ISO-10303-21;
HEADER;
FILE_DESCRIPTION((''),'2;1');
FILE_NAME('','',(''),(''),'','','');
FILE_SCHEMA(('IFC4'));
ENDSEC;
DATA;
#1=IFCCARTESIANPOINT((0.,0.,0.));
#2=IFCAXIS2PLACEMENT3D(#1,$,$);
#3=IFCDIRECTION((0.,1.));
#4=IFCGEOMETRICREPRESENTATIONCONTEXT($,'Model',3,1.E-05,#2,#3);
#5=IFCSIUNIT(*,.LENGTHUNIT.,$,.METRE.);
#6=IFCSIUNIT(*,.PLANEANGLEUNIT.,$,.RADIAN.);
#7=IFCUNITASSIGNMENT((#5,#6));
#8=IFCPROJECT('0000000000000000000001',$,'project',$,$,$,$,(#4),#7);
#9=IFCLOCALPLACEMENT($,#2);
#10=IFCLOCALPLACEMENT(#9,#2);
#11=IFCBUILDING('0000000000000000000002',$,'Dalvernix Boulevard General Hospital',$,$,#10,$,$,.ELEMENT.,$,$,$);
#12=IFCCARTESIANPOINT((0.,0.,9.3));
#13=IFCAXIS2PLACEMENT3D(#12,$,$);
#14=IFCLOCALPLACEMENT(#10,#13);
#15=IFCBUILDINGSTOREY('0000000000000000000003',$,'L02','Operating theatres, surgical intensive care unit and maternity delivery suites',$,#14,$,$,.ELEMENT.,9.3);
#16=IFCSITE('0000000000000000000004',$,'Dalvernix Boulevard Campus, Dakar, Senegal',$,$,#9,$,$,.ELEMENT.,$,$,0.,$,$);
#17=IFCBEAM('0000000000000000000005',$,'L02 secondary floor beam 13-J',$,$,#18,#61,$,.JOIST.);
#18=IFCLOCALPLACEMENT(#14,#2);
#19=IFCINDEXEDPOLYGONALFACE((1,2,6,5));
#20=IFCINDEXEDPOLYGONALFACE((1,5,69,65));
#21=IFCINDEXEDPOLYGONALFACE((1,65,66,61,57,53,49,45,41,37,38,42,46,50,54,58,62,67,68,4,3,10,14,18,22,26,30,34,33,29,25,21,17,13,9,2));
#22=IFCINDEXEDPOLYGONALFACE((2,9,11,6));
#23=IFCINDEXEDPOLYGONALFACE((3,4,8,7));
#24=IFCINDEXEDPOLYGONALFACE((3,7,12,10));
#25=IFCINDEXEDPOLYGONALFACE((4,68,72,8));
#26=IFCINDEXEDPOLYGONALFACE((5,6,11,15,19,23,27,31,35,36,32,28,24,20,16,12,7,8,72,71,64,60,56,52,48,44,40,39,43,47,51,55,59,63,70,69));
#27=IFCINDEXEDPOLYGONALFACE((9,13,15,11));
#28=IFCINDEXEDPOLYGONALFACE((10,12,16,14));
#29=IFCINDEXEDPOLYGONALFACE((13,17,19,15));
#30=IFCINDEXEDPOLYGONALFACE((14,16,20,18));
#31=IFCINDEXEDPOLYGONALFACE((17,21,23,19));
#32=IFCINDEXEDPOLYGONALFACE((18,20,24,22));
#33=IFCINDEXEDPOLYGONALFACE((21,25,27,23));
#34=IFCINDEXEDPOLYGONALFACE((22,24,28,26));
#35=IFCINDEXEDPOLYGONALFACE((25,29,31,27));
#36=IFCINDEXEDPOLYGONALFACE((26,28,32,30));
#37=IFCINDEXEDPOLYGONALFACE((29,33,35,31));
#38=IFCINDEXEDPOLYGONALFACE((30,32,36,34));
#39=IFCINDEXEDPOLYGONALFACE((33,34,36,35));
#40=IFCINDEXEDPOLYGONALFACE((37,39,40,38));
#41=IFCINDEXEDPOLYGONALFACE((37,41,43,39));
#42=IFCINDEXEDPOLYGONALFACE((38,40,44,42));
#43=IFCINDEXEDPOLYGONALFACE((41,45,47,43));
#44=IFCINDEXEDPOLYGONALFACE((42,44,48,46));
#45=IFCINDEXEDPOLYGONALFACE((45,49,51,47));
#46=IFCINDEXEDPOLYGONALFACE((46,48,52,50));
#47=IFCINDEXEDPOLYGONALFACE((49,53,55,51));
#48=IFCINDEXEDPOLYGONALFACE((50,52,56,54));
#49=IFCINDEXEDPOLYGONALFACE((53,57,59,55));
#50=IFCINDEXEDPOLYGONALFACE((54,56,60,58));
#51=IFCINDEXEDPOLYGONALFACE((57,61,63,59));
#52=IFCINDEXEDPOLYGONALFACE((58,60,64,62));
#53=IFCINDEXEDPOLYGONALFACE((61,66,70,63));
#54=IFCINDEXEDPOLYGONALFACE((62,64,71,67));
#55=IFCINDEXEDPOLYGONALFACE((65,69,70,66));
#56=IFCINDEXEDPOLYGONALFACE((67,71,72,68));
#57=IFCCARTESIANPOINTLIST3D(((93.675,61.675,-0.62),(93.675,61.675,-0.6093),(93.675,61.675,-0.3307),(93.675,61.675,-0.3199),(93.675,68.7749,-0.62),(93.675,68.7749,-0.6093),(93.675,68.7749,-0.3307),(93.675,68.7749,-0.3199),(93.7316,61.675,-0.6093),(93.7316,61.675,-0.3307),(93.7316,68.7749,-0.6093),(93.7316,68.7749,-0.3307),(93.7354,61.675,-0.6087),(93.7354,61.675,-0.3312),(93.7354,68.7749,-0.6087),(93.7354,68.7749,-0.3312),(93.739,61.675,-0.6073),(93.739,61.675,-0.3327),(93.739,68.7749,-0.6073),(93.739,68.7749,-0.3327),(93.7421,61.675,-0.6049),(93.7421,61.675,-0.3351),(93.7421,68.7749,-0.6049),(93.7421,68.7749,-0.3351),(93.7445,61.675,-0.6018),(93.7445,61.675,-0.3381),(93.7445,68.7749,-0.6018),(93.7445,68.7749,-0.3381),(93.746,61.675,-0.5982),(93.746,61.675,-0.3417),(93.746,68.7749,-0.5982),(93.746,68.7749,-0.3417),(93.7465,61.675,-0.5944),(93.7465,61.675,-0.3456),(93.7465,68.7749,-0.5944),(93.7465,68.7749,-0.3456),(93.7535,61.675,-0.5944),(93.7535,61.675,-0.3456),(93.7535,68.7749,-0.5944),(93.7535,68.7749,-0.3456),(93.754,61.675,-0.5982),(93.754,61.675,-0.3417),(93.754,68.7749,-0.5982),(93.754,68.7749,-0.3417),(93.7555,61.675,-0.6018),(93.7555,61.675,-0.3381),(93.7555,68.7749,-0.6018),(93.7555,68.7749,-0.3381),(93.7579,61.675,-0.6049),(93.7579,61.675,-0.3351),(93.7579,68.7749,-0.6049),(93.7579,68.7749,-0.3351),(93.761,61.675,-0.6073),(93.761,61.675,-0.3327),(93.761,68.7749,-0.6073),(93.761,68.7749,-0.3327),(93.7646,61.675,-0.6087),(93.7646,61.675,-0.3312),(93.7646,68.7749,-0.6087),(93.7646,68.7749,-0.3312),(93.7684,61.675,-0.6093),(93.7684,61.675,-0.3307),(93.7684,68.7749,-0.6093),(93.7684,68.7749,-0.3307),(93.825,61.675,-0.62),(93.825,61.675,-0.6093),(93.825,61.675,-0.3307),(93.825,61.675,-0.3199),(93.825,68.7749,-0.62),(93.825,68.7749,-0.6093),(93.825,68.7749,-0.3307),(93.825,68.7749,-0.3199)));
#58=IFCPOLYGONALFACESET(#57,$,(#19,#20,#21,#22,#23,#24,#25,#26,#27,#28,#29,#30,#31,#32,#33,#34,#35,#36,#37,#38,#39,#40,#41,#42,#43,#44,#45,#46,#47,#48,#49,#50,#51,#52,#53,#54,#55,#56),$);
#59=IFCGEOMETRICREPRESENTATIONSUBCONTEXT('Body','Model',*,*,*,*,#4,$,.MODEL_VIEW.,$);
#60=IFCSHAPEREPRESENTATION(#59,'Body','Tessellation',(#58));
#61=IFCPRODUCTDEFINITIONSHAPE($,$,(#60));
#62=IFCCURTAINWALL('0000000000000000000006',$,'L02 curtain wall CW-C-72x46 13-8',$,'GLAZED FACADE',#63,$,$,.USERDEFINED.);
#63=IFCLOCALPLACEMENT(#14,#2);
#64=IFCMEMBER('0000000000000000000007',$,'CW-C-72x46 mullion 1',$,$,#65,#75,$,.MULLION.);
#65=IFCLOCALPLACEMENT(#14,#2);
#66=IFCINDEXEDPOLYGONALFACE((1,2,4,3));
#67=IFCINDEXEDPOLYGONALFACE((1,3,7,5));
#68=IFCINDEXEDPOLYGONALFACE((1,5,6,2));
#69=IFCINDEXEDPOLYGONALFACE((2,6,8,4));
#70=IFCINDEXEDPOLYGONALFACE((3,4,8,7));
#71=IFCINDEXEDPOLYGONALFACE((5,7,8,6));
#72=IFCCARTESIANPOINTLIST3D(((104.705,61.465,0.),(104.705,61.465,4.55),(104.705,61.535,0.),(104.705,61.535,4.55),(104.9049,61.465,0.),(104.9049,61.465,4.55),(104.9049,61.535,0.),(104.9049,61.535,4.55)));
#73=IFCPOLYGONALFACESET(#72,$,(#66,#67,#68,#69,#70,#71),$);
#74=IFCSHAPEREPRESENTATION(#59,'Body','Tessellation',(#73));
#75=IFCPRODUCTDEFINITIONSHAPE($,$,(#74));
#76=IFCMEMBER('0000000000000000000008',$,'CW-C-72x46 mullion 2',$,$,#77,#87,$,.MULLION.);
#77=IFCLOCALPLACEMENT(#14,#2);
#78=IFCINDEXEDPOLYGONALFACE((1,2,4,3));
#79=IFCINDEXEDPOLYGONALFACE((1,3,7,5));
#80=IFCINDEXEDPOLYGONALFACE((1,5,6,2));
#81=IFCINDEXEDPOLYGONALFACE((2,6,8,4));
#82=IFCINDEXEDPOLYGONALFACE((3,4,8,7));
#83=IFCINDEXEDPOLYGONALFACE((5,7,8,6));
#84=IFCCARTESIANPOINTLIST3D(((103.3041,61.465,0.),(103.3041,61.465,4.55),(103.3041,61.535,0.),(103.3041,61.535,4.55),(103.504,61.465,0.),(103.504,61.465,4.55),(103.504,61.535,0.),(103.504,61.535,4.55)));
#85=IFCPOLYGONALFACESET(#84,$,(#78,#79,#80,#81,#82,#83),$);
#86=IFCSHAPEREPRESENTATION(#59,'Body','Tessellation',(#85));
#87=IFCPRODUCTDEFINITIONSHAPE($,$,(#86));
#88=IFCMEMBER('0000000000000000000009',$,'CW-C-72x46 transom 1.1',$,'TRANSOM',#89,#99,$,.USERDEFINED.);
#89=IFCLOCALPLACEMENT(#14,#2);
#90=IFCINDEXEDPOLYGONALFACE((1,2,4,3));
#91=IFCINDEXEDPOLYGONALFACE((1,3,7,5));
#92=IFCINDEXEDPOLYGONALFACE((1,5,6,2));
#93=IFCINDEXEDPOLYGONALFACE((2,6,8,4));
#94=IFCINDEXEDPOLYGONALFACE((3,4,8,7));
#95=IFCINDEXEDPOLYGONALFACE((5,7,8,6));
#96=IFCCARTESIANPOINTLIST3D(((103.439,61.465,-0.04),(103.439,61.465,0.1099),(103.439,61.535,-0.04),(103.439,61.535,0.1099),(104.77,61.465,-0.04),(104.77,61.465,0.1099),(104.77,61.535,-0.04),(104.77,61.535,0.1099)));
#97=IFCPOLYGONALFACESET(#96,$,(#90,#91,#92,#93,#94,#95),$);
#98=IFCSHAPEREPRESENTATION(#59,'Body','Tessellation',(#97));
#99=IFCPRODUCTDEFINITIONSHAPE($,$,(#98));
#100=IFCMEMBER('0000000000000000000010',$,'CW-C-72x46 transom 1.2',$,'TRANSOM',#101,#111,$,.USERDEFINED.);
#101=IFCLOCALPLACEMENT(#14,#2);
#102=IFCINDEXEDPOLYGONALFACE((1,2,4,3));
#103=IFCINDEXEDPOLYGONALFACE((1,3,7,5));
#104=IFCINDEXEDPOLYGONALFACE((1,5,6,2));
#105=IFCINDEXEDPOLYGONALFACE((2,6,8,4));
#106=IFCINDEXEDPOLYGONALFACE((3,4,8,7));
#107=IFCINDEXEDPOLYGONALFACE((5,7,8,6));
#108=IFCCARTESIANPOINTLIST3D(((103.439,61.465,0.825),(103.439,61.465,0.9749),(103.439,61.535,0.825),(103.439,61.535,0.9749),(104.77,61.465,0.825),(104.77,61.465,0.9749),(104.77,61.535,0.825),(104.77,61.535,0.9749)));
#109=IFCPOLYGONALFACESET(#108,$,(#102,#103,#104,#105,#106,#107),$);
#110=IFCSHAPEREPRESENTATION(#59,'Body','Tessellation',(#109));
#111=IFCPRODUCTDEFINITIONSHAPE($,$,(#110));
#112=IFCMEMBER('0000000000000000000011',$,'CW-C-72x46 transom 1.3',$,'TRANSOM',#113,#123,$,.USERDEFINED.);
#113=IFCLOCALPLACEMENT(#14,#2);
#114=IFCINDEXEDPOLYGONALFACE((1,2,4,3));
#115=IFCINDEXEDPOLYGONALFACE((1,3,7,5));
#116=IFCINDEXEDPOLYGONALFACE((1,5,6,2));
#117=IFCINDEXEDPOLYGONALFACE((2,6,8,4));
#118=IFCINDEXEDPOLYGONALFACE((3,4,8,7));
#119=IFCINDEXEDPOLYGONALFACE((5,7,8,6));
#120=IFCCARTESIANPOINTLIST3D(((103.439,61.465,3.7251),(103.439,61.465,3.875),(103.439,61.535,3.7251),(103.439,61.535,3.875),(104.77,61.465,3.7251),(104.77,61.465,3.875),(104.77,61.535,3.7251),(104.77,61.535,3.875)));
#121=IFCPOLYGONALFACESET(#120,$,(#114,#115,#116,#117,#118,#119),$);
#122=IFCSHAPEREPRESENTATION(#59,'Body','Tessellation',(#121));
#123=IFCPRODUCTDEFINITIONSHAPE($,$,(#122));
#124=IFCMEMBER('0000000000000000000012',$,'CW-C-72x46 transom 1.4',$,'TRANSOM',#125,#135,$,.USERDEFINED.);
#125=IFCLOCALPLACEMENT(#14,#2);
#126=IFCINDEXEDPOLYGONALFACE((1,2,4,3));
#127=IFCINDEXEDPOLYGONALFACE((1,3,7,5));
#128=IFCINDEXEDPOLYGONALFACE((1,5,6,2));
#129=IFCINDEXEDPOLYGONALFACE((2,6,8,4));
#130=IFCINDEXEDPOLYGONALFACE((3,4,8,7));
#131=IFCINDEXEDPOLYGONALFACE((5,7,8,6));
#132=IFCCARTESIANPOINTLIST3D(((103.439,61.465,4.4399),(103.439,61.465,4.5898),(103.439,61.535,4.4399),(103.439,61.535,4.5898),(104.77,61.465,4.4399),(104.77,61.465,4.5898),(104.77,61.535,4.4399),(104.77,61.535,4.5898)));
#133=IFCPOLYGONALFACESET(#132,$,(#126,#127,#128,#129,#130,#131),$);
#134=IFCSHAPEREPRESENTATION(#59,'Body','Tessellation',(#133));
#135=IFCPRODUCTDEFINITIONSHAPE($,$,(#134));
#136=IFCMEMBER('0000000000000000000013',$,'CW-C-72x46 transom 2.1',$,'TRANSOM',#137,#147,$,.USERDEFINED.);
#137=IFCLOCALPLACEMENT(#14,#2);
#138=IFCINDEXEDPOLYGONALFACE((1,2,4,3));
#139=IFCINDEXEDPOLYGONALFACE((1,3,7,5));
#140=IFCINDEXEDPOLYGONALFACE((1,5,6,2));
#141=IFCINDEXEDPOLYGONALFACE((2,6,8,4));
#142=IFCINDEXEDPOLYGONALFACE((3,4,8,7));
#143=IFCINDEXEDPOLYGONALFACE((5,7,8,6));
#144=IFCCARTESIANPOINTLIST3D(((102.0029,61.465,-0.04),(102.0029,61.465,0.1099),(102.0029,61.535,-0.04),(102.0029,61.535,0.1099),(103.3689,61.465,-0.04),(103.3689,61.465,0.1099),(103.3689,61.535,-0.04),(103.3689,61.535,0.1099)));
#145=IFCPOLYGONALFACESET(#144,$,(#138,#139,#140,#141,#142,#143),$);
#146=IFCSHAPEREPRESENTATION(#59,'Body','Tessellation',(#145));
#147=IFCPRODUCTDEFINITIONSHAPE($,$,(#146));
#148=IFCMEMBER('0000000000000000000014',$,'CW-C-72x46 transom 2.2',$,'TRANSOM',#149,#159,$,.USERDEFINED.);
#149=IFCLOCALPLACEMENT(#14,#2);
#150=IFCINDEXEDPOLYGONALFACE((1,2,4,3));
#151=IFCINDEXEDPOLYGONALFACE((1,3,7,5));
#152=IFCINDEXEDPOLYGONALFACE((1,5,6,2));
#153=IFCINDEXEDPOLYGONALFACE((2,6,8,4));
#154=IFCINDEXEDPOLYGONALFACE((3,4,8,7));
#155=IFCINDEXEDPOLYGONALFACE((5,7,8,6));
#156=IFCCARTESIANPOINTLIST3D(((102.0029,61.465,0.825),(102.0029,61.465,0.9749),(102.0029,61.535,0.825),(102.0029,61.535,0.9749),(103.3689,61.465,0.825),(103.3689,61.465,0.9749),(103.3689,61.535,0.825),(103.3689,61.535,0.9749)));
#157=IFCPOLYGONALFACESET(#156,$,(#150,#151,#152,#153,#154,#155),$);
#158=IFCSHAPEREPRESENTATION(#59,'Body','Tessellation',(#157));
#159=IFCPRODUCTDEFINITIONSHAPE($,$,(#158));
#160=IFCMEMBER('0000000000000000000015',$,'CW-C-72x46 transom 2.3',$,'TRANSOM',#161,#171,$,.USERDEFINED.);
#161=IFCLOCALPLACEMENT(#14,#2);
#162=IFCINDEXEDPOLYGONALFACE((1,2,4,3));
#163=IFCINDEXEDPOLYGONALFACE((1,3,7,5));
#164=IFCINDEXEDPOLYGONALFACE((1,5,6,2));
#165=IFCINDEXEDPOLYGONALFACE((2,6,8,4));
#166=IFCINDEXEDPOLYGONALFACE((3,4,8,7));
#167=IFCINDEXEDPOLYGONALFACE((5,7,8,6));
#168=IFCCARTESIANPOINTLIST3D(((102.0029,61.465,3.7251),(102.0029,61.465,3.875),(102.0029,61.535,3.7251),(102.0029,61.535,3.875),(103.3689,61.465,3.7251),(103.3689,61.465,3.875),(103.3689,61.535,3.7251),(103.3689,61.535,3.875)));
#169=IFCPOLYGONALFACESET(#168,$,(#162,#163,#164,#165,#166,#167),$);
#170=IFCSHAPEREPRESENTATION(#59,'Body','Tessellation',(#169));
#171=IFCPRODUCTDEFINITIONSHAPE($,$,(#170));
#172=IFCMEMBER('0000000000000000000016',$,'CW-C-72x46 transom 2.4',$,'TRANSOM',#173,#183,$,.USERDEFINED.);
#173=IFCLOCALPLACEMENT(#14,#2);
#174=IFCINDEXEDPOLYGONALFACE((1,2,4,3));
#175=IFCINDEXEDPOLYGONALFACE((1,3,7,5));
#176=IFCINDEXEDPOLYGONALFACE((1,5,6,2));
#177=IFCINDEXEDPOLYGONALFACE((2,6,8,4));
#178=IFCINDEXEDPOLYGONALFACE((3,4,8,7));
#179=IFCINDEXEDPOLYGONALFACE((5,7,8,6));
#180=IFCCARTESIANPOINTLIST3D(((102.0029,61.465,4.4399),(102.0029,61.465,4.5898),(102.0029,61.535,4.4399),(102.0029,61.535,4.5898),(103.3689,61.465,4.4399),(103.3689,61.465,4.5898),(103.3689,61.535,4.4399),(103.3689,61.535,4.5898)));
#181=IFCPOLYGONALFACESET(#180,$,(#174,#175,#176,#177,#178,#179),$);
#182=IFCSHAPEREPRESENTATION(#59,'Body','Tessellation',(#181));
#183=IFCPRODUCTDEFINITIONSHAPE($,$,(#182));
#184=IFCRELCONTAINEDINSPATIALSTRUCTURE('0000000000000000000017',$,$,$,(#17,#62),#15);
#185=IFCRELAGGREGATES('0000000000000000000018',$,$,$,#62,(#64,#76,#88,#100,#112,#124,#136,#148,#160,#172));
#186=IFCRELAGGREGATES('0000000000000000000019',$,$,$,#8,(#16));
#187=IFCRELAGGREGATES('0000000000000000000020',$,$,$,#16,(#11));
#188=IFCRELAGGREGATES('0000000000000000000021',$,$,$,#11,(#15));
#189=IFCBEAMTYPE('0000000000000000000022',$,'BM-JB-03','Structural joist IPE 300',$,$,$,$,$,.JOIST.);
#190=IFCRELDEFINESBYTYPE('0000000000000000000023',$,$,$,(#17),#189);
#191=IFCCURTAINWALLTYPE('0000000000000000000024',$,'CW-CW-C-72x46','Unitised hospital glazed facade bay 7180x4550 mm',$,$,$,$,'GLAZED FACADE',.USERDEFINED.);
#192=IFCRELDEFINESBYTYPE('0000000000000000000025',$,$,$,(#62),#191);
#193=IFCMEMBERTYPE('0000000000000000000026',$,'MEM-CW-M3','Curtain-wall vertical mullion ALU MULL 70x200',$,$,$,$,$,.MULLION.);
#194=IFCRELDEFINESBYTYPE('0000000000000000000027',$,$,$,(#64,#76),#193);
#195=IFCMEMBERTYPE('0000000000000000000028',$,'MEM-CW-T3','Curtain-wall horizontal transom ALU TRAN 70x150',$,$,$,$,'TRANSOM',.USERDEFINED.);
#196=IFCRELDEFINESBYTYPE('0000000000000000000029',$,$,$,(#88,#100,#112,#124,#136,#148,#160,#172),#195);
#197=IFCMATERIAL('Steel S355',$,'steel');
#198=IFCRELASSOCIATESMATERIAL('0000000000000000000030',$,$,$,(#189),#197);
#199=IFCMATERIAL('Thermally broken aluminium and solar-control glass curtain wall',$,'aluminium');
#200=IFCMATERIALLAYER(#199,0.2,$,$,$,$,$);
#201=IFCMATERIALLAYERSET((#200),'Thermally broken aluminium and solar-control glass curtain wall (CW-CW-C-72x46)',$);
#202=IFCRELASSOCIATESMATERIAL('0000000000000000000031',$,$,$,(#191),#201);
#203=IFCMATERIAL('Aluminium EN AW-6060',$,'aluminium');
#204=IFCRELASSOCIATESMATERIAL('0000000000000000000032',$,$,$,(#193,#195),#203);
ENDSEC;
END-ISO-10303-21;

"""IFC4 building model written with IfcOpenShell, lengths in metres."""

from ifc_helpers import new_model, si_unit, direction, frame, origin, origin_2d, place, context, subcontext, project, spatial, rectangle, i_section, extrude, material, layer, layer_set, material_profile, profile_set, type_object, element, aggregate, save


model = new_model("IFC4")

# Units and contexts
model_context = context("Model", 3, precision=1e-05, world=origin(), true_north=direction((0.0, 1.0)))
body_context = subcontext(model_context, "Body", "Model", "MODEL_VIEW")
ifc_project = project(units=[si_unit("LENGTHUNIT", "METRE"), si_unit("PLANEANGLEUNIT", "RADIAN")], contexts=[model_context])

# Site, building, storey
site_placement = place(None, origin())
site = spatial("IfcSite", under=ifc_project, at=site_placement, Name="Dalvernix Boulevard Campus, Dakar, Senegal", CompositionType="ELEMENT", RefElevation=0.0)
building_placement = place(site_placement, origin())
building = spatial("IfcBuilding", under=site, at=building_placement, Name="Dalvernix Boulevard General Hospital", CompositionType="ELEMENT")
storey_placement = place(building_placement, frame((0.0, 0.0, 9.3)))
storey = spatial("IfcBuildingStorey", under=building, at=storey_placement, Name="L02", Description="Operating theatres, surgical intensive care unit and maternity delivery suites", CompositionType="ELEMENT", Elevation=9.3)

# Shared definitions
ifc_material_1 = material(Name="Steel S355", Category="steel")

# Beam
ifc_material_profile_1 = material_profile(ifc_material_1, i_section(OverallWidth=0.1499, OverallDepth=0.3, WebThickness=0.0071, FlangeThickness=0.0107, FilletRadius=0.0149, at=origin_2d()), Name="IPE 300")
ifc_profile_set_1 = profile_set([ifc_material_profile_1], Name="Steel S355")
beam_type_1 = type_object("IfcBeamType", Name="BM-JB-03", Description="Structural joist IPE 300", PredefinedType="JOIST", material=ifc_profile_set_1)
beam_placement = place(storey_placement, frame((93.75, 61.675, -0.47), z_axis=(0.0, 1.0, 0.0), x_axis=(-1.0, 0.0, 0.0)))
element("IfcBeam", 1, at=beam_placement, inside=storey, type_object=beam_type_1, Name="L02 secondary floor beam 13-J", PredefinedType="JOIST", context=body_context, shape_type="SweptSolid", body=[
    extrude(i_section(OverallWidth=0.1499, OverallDepth=0.3, WebThickness=0.0071, FlangeThickness=0.0107, FilletRadius=0.0149, at=origin_2d()), origin(), (0.0, 0.0, 1.0), 7.0999),
])

# Curtain wall, members
ifc_material_2 = material(Name="Thermally broken aluminium and solar-control glass curtain wall", Category="aluminium")
ifc_layer_1 = layer(ifc_material_2, 0.2)
ifc_layer_set_1 = layer_set([ifc_layer_1], Name="Thermally broken aluminium and solar-control glass curtain wall (CW-CW-C-72x46)")
curtain_wall_type = type_object("IfcCurtainWallType", Name="CW-CW-C-72x46", Description="Unitised hospital glazed facade bay 7180x4550 mm", ElementType="GLAZED FACADE", PredefinedType="USERDEFINED", material=ifc_layer_set_1)
curtain_wall_placement = place(storey_placement, origin())
curtain_wall = element("IfcCurtainWall", 2, at=curtain_wall_placement, inside=storey, type_object=curtain_wall_type, Name="L02 curtain wall CW-C-72x46 13-8", ObjectType="GLAZED FACADE", PredefinedType="USERDEFINED")
ifc_material_3 = material(Name="Aluminium EN AW-6060", Category="aluminium")
ifc_material_profile_2 = material_profile(ifc_material_3, rectangle(XDim=0.0701, YDim=0.2, at=origin_2d()), Name="ALU MULL 70x200")
ifc_profile_set_2 = profile_set([ifc_material_profile_2], Name="Aluminium EN AW-6060")
member_type_1 = type_object("IfcMemberType", Name="MEM-CW-M3", Description="Curtain-wall vertical mullion ALU MULL 70x200", PredefinedType="MULLION", material=ifc_profile_set_2)
member_1_placement = place(storey_placement, frame((104.8049, 61.5, 0.0), z_axis=(0.0, 0.0, 1.0), x_axis=(0.0, -1.0, 0.0)))
member_1 = element("IfcMember", 3, at=member_1_placement, type_object=member_type_1, Name="CW-C-72x46 mullion 1", PredefinedType="MULLION", context=body_context, shape_type="SweptSolid", body=[
    extrude(rectangle(XDim=0.0701, YDim=0.2, at=origin_2d()), origin(), (0.0, 0.0, 1.0), 4.55),
])
member_2_placement = place(storey_placement, frame((103.4041, 61.5, 0.0), z_axis=(0.0, 0.0, 1.0), x_axis=(0.0, -1.0, 0.0)))
member_2 = element("IfcMember", 4, at=member_2_placement, type_object=member_type_1, Name="CW-C-72x46 mullion 2", PredefinedType="MULLION", context=body_context, shape_type="SweptSolid", body=[
    extrude(rectangle(XDim=0.0701, YDim=0.2, at=origin_2d()), origin(), (0.0, 0.0, 1.0), 4.55),
])
ifc_material_profile_3 = material_profile(ifc_material_3, rectangle(XDim=0.0701, YDim=0.1499, at=origin_2d()), Name="ALU TRAN 70x150")
ifc_profile_set_3 = profile_set([ifc_material_profile_3], Name="Aluminium EN AW-6060")
member_type_2 = type_object("IfcMemberType", Name="MEM-CW-T3", Description="Curtain-wall horizontal transom ALU TRAN 70x150", ElementType="TRANSOM", PredefinedType="USERDEFINED", material=ifc_profile_set_3)
member_3_placement = place(storey_placement, frame((104.77, 61.5, 0.0349), z_axis=(-1.0, 0.0, 0.0), x_axis=(0.0, -1.0, 0.0)))
member_3 = element("IfcMember", 5, at=member_3_placement, type_object=member_type_2, Name="CW-C-72x46 transom 1.1", ObjectType="TRANSOM", PredefinedType="USERDEFINED", context=body_context, shape_type="SweptSolid", body=[
    extrude(rectangle(XDim=0.0701, YDim=0.1499, at=origin_2d()), origin(), (0.0, 0.0, 1.0), 1.3311),
])
member_4_placement = place(storey_placement, frame((104.77, 61.5, 0.8999), z_axis=(-1.0, 0.0, 0.0), x_axis=(0.0, -1.0, 0.0)))
member_4 = element("IfcMember", 6, at=member_4_placement, type_object=member_type_2, Name="CW-C-72x46 transom 1.2", ObjectType="TRANSOM", PredefinedType="USERDEFINED", context=body_context, shape_type="SweptSolid", body=[
    extrude(rectangle(XDim=0.0701, YDim=0.1499, at=origin_2d()), origin(), (0.0, 0.0, 1.0), 1.3311),
])
member_5_placement = place(storey_placement, frame((104.77, 61.5, 3.8), z_axis=(-1.0, 0.0, 0.0), x_axis=(0.0, -1.0, 0.0)))
member_5 = element("IfcMember", 7, at=member_5_placement, type_object=member_type_2, Name="CW-C-72x46 transom 1.3", ObjectType="TRANSOM", PredefinedType="USERDEFINED", context=body_context, shape_type="SweptSolid", body=[
    extrude(rectangle(XDim=0.0701, YDim=0.1499, at=origin_2d()), origin(), (0.0, 0.0, 1.0), 1.3311),
])
member_6_placement = place(storey_placement, frame((104.77, 61.5, 4.5149), z_axis=(-1.0, 0.0, 0.0), x_axis=(0.0, -1.0, 0.0)))
member_6 = element("IfcMember", 8, at=member_6_placement, type_object=member_type_2, Name="CW-C-72x46 transom 1.4", ObjectType="TRANSOM", PredefinedType="USERDEFINED", context=body_context, shape_type="SweptSolid", body=[
    extrude(rectangle(XDim=0.0701, YDim=0.1499, at=origin_2d()), origin(), (0.0, 0.0, 1.0), 1.3311),
])
member_7_placement = place(storey_placement, frame((103.3689, 61.5, 0.0349), z_axis=(-1.0, 0.0, 0.0), x_axis=(0.0, -1.0, 0.0)))
member_7 = element("IfcMember", 9, at=member_7_placement, type_object=member_type_2, Name="CW-C-72x46 transom 2.1", ObjectType="TRANSOM", PredefinedType="USERDEFINED", context=body_context, shape_type="SweptSolid", body=[
    extrude(rectangle(XDim=0.0701, YDim=0.1499, at=origin_2d()), origin(), (0.0, 0.0, 1.0), 1.366),
])
member_8_placement = place(storey_placement, frame((103.3689, 61.5, 0.8999), z_axis=(-1.0, 0.0, 0.0), x_axis=(0.0, -1.0, 0.0)))
member_8 = element("IfcMember", 10, at=member_8_placement, type_object=member_type_2, Name="CW-C-72x46 transom 2.2", ObjectType="TRANSOM", PredefinedType="USERDEFINED", context=body_context, shape_type="SweptSolid", body=[
    extrude(rectangle(XDim=0.0701, YDim=0.1499, at=origin_2d()), origin(), (0.0, 0.0, 1.0), 1.366),
])
member_9_placement = place(storey_placement, frame((103.3689, 61.5, 3.8), z_axis=(-1.0, 0.0, 0.0), x_axis=(0.0, -1.0, 0.0)))
member_9 = element("IfcMember", 11, at=member_9_placement, type_object=member_type_2, Name="CW-C-72x46 transom 2.3", ObjectType="TRANSOM", PredefinedType="USERDEFINED", context=body_context, shape_type="SweptSolid", body=[
    extrude(rectangle(XDim=0.0701, YDim=0.1499, at=origin_2d()), origin(), (0.0, 0.0, 1.0), 1.366),
])
member_10_placement = place(storey_placement, frame((103.3689, 61.5, 4.5149), z_axis=(-1.0, 0.0, 0.0), x_axis=(0.0, -1.0, 0.0)))
member_10 = element("IfcMember", 12, at=member_10_placement, type_object=member_type_2, Name="CW-C-72x46 transom 2.4", ObjectType="TRANSOM", PredefinedType="USERDEFINED", context=body_context, shape_type="SweptSolid", body=[
    extrude(rectangle(XDim=0.0701, YDim=0.1499, at=origin_2d()), origin(), (0.0, 0.0, 1.0), 1.366),
])

aggregate(curtain_wall, [member_1, member_2, member_3, member_4, member_5, member_6, member_7, member_8, member_9, member_10])

save(model, "model.ifc")
